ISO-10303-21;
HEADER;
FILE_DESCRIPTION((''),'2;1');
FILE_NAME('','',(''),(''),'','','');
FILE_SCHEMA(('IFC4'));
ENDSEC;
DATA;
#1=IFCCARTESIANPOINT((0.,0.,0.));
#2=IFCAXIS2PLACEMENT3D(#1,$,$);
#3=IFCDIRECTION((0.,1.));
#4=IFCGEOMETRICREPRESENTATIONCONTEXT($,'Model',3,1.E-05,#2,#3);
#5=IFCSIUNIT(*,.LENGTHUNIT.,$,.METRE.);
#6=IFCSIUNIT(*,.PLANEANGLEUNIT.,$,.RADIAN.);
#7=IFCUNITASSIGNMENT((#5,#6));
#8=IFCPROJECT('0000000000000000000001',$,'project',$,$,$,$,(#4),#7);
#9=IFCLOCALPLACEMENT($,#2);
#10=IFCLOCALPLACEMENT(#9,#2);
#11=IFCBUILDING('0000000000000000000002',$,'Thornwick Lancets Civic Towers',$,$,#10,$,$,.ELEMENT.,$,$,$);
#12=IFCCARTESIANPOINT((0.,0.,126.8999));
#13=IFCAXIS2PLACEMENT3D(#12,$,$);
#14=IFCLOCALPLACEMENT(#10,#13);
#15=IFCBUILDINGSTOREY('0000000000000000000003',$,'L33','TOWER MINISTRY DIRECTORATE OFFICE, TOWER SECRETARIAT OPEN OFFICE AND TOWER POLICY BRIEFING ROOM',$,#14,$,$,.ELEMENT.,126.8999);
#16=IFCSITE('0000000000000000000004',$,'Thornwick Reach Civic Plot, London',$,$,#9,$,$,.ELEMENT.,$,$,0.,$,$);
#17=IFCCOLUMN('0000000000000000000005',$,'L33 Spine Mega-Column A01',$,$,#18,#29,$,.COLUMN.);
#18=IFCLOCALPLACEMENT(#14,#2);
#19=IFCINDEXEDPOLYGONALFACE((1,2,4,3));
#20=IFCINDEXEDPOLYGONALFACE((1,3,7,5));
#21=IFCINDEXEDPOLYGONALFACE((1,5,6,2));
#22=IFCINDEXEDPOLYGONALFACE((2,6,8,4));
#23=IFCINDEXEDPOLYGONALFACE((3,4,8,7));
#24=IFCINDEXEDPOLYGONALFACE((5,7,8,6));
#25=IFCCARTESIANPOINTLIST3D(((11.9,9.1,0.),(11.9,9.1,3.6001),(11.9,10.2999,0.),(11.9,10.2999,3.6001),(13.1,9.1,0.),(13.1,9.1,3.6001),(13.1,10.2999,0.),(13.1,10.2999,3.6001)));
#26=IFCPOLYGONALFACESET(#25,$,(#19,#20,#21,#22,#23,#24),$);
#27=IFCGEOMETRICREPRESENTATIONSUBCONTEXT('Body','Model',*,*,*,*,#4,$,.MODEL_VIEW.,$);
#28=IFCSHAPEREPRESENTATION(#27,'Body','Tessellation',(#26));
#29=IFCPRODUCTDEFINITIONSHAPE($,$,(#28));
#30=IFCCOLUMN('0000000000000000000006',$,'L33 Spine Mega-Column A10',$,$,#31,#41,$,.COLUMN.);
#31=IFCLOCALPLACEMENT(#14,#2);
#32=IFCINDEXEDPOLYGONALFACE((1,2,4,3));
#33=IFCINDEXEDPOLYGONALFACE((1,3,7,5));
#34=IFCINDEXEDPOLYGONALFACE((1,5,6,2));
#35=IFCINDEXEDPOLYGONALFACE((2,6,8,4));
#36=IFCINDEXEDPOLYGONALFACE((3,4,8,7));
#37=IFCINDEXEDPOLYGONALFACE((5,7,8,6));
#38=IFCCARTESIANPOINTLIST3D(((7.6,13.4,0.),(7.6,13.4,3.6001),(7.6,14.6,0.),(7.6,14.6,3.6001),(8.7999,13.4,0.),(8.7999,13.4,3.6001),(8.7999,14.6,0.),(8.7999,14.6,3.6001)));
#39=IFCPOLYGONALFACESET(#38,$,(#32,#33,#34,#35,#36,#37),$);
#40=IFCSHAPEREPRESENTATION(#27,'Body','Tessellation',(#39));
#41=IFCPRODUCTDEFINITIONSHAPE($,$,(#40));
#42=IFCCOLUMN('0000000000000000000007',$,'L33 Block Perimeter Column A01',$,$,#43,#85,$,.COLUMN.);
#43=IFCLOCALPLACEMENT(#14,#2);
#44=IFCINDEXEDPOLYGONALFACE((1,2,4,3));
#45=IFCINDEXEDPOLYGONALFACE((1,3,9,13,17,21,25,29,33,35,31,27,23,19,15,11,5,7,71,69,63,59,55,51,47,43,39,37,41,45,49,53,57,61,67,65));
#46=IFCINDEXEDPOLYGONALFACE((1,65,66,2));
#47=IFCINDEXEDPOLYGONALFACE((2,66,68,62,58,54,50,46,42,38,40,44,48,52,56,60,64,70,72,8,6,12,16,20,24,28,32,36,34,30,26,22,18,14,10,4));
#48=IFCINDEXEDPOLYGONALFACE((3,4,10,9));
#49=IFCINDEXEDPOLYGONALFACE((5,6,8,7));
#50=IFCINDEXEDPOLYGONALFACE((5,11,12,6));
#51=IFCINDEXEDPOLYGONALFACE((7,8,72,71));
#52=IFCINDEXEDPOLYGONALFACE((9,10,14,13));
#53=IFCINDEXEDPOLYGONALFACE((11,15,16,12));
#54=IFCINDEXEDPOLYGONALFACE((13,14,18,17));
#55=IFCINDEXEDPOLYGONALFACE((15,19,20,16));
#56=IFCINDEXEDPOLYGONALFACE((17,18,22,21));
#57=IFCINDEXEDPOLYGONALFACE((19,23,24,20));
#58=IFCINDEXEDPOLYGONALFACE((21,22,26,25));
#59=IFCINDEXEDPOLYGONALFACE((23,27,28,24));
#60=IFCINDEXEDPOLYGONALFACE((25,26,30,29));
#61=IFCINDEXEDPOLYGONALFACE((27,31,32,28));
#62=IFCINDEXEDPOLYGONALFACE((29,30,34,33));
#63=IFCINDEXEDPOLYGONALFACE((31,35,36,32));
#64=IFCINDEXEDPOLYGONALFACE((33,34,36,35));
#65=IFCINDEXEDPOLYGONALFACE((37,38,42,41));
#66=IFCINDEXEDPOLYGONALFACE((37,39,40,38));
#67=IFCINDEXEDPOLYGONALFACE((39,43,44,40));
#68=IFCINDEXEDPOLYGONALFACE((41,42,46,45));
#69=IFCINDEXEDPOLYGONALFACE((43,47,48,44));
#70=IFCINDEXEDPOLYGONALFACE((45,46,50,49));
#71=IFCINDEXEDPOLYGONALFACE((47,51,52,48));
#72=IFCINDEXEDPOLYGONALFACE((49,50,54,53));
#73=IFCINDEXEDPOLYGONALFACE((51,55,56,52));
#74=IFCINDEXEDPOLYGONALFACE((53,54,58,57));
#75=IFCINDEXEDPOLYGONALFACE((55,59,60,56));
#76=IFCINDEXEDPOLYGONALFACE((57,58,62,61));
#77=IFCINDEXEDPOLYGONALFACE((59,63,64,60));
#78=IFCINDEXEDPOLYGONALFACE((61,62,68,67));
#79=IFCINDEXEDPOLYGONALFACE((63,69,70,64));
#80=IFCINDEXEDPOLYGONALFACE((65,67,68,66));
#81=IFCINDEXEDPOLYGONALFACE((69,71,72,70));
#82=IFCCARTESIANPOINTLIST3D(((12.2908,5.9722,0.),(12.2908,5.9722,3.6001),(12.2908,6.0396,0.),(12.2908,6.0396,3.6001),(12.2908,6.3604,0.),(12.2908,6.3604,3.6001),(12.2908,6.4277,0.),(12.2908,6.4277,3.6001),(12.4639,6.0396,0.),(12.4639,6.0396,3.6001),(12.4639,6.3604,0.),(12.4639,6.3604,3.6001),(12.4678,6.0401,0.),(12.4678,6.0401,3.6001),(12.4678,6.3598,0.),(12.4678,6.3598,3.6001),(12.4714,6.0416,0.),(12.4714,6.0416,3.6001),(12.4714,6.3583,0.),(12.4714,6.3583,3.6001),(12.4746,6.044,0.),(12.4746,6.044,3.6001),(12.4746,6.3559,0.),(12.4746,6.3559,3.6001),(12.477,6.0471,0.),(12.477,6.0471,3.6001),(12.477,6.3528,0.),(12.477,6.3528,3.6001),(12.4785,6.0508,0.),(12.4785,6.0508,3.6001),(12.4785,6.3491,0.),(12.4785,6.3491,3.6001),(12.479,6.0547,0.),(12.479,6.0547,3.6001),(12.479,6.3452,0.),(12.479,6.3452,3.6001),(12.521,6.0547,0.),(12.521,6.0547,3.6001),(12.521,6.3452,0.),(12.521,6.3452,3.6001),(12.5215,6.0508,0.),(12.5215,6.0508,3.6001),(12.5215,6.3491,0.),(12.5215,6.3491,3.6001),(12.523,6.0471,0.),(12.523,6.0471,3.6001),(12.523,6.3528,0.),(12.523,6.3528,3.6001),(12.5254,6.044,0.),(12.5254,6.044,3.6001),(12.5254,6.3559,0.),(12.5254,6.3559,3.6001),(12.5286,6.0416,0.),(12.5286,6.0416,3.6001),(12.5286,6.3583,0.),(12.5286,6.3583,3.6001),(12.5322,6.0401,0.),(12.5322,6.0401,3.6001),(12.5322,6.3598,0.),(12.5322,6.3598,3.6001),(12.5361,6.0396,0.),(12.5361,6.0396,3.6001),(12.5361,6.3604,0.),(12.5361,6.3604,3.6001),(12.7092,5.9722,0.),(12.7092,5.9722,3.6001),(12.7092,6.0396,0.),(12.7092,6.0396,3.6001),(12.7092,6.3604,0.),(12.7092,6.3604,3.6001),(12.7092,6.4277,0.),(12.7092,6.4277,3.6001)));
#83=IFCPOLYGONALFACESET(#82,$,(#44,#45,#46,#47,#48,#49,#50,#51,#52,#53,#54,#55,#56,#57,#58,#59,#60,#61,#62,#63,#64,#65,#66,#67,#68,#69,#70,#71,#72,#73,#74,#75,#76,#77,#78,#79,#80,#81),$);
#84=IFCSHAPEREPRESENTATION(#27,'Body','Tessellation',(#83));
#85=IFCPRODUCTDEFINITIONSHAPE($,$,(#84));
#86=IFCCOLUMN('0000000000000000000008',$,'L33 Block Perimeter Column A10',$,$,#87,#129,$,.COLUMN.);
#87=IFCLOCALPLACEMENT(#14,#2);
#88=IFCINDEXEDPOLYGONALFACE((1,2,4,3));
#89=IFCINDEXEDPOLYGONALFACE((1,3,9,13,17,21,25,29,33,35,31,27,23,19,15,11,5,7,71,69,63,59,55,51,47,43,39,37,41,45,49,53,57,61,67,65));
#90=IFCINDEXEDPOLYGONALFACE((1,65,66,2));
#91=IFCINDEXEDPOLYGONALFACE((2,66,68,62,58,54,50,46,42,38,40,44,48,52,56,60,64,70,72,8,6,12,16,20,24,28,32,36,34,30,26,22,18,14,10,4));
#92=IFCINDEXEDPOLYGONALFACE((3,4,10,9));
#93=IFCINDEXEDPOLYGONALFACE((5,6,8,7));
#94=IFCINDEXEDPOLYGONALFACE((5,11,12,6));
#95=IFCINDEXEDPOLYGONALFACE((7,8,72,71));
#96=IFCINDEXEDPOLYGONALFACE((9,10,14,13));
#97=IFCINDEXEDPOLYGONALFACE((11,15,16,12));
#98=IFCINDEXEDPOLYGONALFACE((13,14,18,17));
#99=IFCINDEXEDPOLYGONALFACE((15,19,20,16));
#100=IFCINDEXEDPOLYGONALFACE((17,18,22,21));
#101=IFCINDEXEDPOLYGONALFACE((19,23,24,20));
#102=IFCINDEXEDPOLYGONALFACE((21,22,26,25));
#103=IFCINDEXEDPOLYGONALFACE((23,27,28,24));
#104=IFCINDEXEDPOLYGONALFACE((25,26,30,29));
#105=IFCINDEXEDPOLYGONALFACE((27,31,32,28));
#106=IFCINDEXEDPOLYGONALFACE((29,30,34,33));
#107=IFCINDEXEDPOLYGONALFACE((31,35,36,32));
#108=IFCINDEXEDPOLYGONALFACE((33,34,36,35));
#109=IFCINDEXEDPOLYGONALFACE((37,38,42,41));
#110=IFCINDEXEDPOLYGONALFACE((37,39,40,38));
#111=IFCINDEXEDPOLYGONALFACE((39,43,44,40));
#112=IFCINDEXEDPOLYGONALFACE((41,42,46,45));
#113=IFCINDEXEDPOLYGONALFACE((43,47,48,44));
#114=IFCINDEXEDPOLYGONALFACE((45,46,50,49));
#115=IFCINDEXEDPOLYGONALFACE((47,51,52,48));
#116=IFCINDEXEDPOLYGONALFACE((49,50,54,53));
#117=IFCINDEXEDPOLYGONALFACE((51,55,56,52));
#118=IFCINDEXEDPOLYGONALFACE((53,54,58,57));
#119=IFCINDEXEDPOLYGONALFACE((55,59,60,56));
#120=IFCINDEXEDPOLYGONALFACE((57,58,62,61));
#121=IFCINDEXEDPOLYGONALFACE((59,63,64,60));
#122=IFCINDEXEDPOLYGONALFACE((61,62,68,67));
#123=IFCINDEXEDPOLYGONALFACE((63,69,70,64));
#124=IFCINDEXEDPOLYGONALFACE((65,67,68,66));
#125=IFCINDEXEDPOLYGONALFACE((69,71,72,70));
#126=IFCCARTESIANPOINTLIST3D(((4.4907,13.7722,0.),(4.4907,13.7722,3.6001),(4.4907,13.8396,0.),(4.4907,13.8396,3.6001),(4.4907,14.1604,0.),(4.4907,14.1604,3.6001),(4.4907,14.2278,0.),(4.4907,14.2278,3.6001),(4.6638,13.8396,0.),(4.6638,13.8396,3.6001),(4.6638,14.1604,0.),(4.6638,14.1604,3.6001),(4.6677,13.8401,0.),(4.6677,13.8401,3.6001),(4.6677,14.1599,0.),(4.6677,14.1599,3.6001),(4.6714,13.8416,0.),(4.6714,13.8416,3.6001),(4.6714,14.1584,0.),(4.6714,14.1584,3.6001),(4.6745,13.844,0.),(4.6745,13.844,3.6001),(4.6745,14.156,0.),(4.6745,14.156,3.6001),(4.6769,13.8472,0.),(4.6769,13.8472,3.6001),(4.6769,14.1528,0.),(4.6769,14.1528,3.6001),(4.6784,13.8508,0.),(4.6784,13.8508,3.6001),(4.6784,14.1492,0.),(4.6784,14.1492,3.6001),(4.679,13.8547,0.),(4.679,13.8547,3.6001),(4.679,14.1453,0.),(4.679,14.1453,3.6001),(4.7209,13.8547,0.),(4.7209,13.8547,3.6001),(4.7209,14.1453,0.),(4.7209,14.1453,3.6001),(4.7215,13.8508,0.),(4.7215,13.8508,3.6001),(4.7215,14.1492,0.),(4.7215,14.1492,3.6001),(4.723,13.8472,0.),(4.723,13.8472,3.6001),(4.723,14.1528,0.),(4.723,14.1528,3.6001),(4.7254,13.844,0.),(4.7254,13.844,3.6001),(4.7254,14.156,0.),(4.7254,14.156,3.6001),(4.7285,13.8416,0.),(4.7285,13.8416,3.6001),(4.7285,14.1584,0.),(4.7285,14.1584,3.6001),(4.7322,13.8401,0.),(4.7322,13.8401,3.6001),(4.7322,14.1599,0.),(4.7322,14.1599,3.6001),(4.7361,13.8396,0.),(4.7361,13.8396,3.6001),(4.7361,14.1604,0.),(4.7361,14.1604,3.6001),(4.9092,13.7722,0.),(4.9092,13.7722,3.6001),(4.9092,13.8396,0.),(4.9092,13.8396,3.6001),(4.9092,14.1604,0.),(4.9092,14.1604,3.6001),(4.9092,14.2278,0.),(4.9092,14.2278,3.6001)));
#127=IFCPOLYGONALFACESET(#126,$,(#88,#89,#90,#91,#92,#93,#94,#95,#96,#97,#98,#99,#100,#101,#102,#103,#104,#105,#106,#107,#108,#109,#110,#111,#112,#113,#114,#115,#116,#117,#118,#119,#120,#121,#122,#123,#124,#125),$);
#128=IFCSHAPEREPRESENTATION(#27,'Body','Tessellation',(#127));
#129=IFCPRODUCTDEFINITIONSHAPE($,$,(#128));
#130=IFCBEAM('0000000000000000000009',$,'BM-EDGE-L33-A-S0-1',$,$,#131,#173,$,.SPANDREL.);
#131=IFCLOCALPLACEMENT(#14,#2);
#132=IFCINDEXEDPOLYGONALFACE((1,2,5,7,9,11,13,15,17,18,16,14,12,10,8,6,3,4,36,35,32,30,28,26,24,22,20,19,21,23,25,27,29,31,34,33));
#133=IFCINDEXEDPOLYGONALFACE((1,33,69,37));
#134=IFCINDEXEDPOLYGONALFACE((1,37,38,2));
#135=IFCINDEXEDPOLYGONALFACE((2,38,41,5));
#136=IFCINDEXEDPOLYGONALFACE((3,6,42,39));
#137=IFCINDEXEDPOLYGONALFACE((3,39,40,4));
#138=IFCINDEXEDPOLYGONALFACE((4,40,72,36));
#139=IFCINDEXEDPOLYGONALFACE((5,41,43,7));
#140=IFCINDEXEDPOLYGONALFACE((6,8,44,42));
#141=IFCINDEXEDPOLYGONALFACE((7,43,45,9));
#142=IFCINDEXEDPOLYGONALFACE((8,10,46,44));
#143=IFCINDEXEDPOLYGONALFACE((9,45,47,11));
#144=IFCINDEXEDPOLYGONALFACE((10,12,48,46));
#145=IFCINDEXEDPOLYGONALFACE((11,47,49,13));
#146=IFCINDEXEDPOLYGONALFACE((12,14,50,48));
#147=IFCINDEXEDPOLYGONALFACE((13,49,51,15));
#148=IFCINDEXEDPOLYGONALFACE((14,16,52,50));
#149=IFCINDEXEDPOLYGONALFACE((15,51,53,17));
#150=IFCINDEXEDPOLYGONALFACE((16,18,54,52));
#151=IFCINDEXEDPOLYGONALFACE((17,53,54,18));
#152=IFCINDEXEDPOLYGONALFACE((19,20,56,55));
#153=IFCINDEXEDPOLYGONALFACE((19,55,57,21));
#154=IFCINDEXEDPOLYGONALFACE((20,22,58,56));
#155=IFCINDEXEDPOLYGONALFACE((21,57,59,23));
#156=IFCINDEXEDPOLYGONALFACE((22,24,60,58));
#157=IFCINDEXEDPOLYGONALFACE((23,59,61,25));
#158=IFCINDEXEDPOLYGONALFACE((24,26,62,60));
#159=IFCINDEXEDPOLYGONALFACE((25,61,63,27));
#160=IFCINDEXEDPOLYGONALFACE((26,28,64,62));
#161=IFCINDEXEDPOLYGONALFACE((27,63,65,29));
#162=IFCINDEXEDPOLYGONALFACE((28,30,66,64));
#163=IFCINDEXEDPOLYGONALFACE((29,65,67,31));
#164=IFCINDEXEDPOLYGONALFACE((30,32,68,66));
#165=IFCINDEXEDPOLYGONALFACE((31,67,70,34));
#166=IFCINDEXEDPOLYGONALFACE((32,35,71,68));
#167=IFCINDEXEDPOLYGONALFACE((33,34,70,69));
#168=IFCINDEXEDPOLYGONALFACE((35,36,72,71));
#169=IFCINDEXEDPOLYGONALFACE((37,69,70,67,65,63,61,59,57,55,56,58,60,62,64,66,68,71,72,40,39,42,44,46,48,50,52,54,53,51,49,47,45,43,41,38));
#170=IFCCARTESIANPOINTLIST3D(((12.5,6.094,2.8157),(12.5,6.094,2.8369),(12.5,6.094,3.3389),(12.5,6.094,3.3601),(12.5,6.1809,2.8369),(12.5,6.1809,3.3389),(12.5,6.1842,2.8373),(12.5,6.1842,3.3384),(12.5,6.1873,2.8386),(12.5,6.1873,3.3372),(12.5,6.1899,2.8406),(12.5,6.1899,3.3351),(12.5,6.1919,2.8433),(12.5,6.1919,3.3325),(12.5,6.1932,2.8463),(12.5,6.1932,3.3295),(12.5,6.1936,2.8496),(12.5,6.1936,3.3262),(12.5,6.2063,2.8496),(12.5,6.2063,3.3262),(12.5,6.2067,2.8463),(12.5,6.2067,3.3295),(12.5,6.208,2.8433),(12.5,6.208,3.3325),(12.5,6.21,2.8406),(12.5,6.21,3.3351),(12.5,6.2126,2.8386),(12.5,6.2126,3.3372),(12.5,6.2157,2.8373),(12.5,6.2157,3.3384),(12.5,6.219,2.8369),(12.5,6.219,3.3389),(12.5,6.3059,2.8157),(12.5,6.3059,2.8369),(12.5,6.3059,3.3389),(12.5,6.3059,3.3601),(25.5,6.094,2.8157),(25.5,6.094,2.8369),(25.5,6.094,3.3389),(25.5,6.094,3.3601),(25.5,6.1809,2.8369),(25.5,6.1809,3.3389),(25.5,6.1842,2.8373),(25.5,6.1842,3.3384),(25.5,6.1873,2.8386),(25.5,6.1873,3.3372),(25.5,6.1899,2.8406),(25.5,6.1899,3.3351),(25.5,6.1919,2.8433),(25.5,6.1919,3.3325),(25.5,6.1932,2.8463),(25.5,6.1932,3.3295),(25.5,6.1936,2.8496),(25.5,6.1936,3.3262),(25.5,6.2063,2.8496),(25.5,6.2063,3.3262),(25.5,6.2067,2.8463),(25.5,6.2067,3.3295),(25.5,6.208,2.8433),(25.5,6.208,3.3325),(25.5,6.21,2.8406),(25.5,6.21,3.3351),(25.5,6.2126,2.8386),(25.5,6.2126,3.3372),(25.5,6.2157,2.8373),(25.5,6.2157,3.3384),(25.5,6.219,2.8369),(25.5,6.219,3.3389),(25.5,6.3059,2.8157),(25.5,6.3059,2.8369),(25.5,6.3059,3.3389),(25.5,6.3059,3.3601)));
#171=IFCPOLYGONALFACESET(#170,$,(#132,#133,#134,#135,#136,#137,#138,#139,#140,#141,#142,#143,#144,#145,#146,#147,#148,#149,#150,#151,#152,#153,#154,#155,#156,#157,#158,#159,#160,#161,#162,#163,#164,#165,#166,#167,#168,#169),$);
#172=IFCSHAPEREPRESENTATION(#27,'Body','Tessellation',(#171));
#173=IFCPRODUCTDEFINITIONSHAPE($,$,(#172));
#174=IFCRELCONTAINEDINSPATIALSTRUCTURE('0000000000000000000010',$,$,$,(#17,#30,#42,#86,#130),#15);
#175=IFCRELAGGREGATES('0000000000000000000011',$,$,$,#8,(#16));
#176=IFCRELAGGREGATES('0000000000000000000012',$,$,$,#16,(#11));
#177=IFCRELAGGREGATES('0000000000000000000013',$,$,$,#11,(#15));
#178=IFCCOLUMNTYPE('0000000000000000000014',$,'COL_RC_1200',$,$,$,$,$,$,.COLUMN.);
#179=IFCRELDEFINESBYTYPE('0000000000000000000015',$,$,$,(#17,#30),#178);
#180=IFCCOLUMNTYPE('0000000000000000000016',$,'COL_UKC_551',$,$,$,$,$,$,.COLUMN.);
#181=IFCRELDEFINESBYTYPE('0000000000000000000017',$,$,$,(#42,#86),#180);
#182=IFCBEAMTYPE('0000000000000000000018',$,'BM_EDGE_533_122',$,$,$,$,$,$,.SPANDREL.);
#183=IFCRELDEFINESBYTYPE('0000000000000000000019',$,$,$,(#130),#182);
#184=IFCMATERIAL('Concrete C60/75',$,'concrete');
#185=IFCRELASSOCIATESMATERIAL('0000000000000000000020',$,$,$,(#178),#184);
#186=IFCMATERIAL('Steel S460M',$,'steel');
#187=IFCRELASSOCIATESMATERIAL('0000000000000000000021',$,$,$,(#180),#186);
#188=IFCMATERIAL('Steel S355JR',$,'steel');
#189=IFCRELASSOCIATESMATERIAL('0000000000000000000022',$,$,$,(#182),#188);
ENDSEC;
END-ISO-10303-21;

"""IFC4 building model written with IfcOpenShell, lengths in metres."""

from ifc_helpers import new_model, si_unit, direction, frame, origin, origin_2d, place, context, subcontext, project, spatial, rectangle, i_section, extrude, material, material_profile, profile_set, type_object, element, save


model = new_model("IFC4")

# Units and contexts
model_context = context("Model", 3, precision=1e-05, world=origin(), true_north=direction((0.0, 1.0)))
body_context = subcontext(model_context, "Body", "Model", "MODEL_VIEW")
ifc_project = project(units=[si_unit("LENGTHUNIT", "METRE"), si_unit("PLANEANGLEUNIT", "RADIAN")], contexts=[model_context])

# Site, building, storey
site_placement = place(None, origin())
site = spatial("IfcSite", under=ifc_project, at=site_placement, Name="Thornwick Reach Civic Plot, London", CompositionType="ELEMENT", RefElevation=0.0)
building_placement = place(site_placement, origin())
building = spatial("IfcBuilding", under=site, at=building_placement, Name="Thornwick Lancets Civic Towers", CompositionType="ELEMENT")
storey_placement = place(building_placement, frame((0.0, 0.0, 126.8999)))
storey = spatial("IfcBuildingStorey", under=building, at=storey_placement, Name="L33", Description="TOWER MINISTRY DIRECTORATE OFFICE, TOWER SECRETARIAT OPEN OFFICE AND TOWER POLICY BRIEFING ROOM", CompositionType="ELEMENT", Elevation=126.8999)

# Columns
ifc_material_1 = material(Name="Concrete C60/75", Category="concrete")
ifc_material_profile_1 = material_profile(ifc_material_1, rectangle(XDim=1.2, YDim=1.2, at=origin_2d()), Name="RC 1200x1200")
ifc_profile_set_1 = profile_set([ifc_material_profile_1], Name="Concrete C60/75")
column_type_1 = type_object("IfcColumnType", Name="COL_RC_1200", PredefinedType="COLUMN", material=ifc_profile_set_1)
for number, where, z_axis, x_axis, name in (
    (1, (12.5, 9.7, 0.0), (0.0, 0.0, 1.0), (1.0, 0.0, 0.0), "L33 Spine Mega-Column A01"),
    (2, (8.2, 14.0, 0.0), (0.0, 0.0, 1.0), (1.0, 0.0, 0.0), "L33 Spine Mega-Column A10"),
):
    element("IfcColumn", number, at=place(storey_placement, frame(where, z_axis=z_axis, x_axis=x_axis)), inside=storey, type_object=column_type_1, Name=name, PredefinedType="COLUMN", context=body_context, shape_type="SweptSolid", body=[
        extrude(rectangle(XDim=1.2, YDim=1.2, at=origin_2d()), origin(), (0.0, 0.0, 1.0), 3.6001),
    ])
ifc_material_2 = material(Name="Steel S460M", Category="steel")
ifc_material_profile_2 = material_profile(ifc_material_2, i_section(OverallWidth=0.4185, OverallDepth=0.4556, WebThickness=0.042, FlangeThickness=0.0674, FilletRadius=0.0151, at=origin_2d()), Name="UKC 356x406x551")
ifc_profile_set_2 = profile_set([ifc_material_profile_2], Name="Steel S460M")
column_type_2 = type_object("IfcColumnType", Name="COL_UKC_551", PredefinedType="COLUMN", material=ifc_profile_set_2)
for number, where, z_axis, x_axis, name in (
    (3, (12.5, 6.2, 0.0), (0.0, 0.0, 1.0), (1.0, 0.0, 0.0), "L33 Block Perimeter Column A01"),
    (4, (4.7, 14.0, 0.0), (0.0, 0.0, 1.0), (1.0, 0.0, 0.0), "L33 Block Perimeter Column A10"),
):
    element("IfcColumn", number, at=place(storey_placement, frame(where, z_axis=z_axis, x_axis=x_axis)), inside=storey, type_object=column_type_2, Name=name, PredefinedType="COLUMN", context=body_context, shape_type="SweptSolid", body=[
        extrude(i_section(OverallWidth=0.4185, OverallDepth=0.4556, WebThickness=0.042, FlangeThickness=0.0674, FilletRadius=0.0151, at=origin_2d()), origin(), (0.0, 0.0, 1.0), 3.6001),
    ])

# Beam
ifc_material_3 = material(Name="Steel S355JR", Category="steel")
ifc_material_profile_3 = material_profile(ifc_material_3, i_section(OverallWidth=0.2119, OverallDepth=0.5444, WebThickness=0.0127, FlangeThickness=0.0212, FilletRadius=0.0127, at=origin_2d()), Name="UKB 533x210x122")
ifc_profile_set_3 = profile_set([ifc_material_profile_3], Name="Steel S355JR")
beam_type_1 = type_object("IfcBeamType", Name="BM_EDGE_533_122", PredefinedType="SPANDREL", material=ifc_profile_set_3)
for number, where, z_axis, x_axis, name in (
    (5, (12.5, 6.2, 3.0879), (1.0, 0.0, 0.0), (0.0, 1.0, 0.0), "BM-EDGE-L33-A-S0-1"),
):
    element("IfcBeam", number, at=place(storey_placement, frame(where, z_axis=z_axis, x_axis=x_axis)), inside=storey, type_object=beam_type_1, Name=name, PredefinedType="SPANDREL", context=body_context, shape_type="SweptSolid", body=[
        extrude(i_section(OverallWidth=0.2119, OverallDepth=0.5444, WebThickness=0.0127, FlangeThickness=0.0212, FilletRadius=0.0127, at=origin_2d()), origin(), (0.0, 0.0, 1.0), 13.0),
    ])

save(model, "model.ifc")
